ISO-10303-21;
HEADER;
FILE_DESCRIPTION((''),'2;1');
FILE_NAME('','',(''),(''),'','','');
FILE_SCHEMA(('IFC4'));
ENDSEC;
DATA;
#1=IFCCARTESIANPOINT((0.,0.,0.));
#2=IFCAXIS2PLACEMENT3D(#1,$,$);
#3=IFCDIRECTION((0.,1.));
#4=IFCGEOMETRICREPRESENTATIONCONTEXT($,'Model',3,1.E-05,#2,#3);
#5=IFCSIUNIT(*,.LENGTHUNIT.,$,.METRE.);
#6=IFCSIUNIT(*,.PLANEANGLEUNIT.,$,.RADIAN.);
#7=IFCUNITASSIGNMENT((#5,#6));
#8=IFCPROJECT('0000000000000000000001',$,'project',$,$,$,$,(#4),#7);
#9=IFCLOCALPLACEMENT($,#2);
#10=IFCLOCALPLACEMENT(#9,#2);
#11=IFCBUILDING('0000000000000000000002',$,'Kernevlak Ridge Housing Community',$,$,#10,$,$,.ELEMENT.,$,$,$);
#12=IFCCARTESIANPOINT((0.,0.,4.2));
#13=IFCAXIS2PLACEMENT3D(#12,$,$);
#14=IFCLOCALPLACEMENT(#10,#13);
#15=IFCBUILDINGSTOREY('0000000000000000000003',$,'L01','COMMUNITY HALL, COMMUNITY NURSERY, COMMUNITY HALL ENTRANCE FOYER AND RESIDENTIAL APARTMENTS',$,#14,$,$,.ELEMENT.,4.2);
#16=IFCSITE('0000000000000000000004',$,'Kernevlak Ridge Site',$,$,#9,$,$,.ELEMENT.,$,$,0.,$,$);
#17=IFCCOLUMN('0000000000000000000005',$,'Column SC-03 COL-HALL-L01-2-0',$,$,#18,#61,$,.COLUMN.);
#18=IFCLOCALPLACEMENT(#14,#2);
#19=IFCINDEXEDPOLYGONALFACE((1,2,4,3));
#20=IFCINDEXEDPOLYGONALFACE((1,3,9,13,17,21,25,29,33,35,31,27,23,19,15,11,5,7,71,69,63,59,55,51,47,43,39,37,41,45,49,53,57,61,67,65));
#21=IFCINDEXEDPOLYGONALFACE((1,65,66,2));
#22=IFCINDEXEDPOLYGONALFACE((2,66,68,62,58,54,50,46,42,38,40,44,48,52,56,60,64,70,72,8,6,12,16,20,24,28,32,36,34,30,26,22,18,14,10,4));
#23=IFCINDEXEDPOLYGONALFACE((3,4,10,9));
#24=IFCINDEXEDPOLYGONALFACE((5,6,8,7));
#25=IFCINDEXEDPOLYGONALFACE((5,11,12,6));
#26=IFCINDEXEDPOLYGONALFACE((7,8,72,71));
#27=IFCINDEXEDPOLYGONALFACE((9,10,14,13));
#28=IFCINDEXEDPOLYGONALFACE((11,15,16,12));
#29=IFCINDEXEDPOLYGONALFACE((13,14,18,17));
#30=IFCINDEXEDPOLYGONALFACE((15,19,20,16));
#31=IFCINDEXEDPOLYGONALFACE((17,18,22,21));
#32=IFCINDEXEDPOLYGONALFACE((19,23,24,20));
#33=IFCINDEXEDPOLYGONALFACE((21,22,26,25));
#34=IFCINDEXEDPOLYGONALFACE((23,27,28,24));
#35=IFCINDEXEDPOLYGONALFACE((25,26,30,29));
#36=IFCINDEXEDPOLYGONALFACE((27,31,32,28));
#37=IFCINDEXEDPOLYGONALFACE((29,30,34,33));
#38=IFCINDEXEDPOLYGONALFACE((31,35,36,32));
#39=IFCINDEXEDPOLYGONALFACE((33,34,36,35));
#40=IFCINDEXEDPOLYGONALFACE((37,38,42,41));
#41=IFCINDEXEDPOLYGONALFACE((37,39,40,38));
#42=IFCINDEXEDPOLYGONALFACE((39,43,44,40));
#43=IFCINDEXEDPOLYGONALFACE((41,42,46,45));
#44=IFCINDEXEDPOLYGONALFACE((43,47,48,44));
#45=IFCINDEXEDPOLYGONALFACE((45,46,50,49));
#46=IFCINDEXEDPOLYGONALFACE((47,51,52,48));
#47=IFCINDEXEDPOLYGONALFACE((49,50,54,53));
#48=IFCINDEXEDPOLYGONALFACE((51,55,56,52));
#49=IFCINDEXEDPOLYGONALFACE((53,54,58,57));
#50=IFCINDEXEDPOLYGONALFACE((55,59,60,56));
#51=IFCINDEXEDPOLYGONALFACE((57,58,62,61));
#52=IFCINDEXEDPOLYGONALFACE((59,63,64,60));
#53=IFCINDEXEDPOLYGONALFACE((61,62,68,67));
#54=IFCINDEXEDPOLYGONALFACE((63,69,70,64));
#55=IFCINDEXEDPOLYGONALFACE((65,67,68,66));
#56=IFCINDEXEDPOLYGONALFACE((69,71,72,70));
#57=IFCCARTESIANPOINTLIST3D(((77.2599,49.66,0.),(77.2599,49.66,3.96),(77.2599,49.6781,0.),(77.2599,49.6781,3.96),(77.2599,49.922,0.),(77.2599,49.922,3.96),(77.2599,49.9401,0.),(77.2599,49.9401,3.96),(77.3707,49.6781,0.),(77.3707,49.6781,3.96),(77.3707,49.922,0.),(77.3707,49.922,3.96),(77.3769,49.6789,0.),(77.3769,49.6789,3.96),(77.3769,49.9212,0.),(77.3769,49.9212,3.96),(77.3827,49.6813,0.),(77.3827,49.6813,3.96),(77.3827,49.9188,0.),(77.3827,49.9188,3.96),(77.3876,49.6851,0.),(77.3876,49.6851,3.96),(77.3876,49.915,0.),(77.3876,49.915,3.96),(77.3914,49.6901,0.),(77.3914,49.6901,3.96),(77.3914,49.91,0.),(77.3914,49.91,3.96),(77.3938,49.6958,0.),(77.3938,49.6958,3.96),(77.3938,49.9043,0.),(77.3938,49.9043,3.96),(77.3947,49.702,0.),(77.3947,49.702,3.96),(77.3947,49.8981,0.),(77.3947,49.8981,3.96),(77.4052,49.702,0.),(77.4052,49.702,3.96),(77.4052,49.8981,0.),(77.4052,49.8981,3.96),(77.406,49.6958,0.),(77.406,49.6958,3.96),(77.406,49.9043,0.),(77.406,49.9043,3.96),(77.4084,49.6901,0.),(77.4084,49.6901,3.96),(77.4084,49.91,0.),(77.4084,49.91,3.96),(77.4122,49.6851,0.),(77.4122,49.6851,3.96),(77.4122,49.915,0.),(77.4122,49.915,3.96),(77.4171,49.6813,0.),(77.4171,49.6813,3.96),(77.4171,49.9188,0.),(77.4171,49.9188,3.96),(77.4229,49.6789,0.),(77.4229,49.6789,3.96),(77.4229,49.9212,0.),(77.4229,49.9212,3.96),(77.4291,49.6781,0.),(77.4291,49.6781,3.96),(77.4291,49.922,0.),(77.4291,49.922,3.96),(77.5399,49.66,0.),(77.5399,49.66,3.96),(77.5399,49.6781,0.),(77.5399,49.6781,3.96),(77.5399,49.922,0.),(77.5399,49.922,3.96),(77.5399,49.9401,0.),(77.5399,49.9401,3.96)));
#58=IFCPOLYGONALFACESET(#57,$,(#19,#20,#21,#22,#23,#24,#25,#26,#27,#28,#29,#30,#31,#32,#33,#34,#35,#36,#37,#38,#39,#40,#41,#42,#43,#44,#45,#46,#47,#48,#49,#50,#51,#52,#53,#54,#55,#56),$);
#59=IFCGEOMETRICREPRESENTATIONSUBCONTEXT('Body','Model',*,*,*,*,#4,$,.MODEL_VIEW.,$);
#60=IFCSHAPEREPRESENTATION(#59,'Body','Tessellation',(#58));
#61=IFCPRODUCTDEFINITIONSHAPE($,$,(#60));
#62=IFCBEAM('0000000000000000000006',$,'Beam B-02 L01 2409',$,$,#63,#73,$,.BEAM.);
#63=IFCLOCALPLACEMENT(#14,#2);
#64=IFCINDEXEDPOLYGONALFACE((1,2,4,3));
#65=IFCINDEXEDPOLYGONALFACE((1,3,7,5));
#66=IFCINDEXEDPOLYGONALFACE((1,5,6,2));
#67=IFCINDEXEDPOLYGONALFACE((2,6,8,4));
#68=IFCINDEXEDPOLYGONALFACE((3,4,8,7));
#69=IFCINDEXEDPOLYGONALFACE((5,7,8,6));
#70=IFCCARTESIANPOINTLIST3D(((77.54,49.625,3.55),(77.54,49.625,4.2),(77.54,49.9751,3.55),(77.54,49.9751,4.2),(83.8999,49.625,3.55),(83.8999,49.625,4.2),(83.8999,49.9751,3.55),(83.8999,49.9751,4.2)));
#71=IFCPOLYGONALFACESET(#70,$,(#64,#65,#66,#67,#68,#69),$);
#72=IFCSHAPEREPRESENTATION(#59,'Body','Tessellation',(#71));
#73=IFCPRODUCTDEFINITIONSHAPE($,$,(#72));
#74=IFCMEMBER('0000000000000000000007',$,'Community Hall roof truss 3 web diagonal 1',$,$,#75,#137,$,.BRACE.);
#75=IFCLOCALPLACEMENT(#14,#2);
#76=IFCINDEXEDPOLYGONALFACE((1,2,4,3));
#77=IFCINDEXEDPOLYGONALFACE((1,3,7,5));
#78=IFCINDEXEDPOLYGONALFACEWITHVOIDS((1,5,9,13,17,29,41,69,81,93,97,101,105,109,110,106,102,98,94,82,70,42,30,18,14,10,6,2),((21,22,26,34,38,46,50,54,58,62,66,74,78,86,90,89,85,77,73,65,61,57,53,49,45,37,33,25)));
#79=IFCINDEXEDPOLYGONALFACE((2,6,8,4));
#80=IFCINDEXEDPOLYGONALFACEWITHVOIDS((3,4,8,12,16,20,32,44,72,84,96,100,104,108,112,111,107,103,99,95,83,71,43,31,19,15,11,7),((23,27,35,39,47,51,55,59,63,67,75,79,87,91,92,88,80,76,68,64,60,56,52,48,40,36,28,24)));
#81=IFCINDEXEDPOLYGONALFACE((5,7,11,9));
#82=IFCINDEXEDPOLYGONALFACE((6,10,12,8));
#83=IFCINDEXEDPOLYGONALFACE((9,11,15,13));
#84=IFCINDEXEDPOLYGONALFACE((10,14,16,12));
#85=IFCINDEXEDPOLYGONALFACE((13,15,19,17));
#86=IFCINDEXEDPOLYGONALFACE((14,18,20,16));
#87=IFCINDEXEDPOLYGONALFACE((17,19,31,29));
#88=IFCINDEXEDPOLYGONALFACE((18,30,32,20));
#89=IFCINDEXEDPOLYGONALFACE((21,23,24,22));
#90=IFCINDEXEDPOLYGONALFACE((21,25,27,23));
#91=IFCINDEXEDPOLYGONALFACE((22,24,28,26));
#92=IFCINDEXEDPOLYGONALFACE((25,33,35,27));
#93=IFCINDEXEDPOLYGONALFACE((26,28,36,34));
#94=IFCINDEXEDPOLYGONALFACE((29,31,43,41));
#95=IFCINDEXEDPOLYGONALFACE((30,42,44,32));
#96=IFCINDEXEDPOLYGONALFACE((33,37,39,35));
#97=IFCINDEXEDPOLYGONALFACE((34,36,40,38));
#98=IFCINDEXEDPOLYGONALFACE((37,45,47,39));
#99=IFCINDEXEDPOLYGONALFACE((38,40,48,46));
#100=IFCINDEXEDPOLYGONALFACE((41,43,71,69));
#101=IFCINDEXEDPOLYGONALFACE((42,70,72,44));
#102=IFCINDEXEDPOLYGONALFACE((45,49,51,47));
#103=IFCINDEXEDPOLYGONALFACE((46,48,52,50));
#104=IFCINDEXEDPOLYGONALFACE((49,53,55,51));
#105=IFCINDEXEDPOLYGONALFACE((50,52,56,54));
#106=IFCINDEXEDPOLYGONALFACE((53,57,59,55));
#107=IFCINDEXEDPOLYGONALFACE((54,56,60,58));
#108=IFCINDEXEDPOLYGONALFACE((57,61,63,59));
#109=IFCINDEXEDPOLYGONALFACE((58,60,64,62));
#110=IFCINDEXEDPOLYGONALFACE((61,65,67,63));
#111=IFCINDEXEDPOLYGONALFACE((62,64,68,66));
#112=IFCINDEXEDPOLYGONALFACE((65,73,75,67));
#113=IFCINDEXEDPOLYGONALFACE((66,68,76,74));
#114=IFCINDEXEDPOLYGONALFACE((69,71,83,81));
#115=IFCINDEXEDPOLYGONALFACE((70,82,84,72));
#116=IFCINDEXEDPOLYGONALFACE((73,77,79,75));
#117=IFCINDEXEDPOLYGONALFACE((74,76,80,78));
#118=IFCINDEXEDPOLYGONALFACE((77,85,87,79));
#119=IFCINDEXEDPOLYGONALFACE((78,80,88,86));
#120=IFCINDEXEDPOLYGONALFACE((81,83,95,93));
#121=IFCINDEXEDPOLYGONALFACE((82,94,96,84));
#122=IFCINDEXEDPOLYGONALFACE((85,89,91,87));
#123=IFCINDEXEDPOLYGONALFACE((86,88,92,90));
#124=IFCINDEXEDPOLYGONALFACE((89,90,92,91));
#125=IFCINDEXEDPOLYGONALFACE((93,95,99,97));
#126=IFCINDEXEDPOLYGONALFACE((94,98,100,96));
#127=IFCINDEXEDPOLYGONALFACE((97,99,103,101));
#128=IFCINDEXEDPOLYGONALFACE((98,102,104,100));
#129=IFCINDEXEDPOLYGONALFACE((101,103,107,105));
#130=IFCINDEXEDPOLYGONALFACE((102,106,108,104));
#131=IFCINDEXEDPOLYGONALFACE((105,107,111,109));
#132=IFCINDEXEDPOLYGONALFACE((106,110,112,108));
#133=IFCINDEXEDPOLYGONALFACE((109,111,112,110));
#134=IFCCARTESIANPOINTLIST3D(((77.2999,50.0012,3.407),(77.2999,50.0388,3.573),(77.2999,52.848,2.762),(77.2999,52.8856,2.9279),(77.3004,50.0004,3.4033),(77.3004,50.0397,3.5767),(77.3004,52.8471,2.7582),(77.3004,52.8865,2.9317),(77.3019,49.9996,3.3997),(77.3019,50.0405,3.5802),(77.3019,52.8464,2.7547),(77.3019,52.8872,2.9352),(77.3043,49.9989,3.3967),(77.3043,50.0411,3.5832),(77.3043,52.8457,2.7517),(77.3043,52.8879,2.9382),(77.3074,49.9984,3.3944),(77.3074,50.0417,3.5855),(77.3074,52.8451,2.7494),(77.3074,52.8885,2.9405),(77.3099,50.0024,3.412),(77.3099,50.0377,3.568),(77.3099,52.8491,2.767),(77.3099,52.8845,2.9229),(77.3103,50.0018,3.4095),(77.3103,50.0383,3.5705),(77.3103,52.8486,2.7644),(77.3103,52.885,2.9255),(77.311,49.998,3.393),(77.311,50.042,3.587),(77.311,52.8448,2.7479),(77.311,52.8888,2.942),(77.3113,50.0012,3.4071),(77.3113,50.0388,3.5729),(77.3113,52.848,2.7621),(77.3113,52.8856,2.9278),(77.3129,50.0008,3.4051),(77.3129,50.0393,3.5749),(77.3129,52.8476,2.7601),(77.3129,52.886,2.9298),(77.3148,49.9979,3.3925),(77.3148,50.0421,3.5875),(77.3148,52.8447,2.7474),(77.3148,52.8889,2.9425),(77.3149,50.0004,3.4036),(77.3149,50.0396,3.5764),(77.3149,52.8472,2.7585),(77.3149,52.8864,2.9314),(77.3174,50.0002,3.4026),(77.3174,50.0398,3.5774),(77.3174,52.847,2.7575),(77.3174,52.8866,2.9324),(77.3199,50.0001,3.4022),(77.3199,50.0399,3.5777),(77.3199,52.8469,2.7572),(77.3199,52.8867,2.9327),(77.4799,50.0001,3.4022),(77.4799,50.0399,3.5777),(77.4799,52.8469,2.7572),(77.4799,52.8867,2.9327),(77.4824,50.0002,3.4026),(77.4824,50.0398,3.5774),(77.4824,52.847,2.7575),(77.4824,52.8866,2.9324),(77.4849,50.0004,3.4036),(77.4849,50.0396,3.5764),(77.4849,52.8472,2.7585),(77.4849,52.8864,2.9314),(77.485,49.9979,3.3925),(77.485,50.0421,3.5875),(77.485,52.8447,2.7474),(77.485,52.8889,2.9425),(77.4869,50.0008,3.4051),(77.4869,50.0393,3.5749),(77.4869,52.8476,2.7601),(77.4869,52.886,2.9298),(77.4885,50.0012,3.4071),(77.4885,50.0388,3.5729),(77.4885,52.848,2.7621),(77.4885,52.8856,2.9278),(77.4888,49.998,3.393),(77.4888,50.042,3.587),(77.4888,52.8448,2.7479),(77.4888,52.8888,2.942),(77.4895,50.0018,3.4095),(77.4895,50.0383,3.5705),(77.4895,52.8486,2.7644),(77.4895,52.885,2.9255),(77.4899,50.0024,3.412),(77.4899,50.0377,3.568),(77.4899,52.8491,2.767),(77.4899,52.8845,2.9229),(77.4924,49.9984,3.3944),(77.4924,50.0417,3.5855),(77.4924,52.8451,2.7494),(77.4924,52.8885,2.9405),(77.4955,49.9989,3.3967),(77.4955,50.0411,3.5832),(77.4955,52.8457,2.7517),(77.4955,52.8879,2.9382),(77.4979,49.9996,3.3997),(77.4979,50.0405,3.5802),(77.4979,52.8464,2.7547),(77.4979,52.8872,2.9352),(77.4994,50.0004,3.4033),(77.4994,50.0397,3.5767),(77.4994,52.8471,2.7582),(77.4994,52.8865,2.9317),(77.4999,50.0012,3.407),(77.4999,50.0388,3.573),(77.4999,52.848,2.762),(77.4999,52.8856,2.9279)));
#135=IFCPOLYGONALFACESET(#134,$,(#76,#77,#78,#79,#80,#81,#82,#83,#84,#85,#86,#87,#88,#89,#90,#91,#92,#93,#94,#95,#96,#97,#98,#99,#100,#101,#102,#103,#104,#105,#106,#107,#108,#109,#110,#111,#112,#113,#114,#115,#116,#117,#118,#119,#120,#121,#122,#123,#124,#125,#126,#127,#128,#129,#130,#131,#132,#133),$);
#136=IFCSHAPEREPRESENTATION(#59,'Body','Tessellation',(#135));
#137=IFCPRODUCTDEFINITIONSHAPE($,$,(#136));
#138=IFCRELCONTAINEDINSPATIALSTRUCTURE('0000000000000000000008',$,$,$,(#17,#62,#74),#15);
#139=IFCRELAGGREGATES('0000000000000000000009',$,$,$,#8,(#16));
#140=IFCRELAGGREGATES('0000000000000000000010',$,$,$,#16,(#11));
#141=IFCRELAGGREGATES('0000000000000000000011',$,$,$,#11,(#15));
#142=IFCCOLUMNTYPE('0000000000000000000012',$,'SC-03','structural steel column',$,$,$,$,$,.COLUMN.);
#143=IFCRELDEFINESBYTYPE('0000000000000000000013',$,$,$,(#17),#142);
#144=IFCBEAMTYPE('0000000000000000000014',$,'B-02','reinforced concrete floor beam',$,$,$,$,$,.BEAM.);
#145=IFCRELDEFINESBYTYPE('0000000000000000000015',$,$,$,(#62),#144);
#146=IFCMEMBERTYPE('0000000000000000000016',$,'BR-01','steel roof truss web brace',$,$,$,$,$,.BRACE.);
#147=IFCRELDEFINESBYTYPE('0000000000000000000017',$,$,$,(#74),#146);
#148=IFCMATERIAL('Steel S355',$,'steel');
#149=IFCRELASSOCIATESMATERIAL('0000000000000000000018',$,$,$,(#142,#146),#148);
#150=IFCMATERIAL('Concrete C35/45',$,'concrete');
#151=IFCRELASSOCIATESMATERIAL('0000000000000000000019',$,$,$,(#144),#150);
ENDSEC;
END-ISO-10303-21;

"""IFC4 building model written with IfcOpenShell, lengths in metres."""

from ifc_helpers import new_model, si_unit, direction, frame, origin, origin_2d, place, context, subcontext, project, spatial, rectangle, hollow_rectangle, i_section, extrude, material, material_profile, profile_set, type_object, element, save


model = new_model("IFC4")

# Units and contexts
model_context = context("Model", 3, precision=1e-05, world=origin(), true_north=direction((0.0, 1.0)))
body_context = subcontext(model_context, "Body", "Model", "MODEL_VIEW")
ifc_project = project(units=[si_unit("LENGTHUNIT", "METRE"), si_unit("PLANEANGLEUNIT", "RADIAN")], contexts=[model_context])

# Site, building, storey
site_placement = place(None, origin())
site = spatial("IfcSite", under=ifc_project, at=site_placement, Name="Kernevlak Ridge Site", CompositionType="ELEMENT", RefElevation=0.0)
building_placement = place(site_placement, origin())
building = spatial("IfcBuilding", under=site, at=building_placement, Name="Kernevlak Ridge Housing Community", CompositionType="ELEMENT")
storey_placement = place(building_placement, frame((0.0, 0.0, 4.2)))
storey = spatial("IfcBuildingStorey", under=building, at=storey_placement, Name="L01", Description="COMMUNITY HALL, COMMUNITY NURSERY, COMMUNITY HALL ENTRANCE FOYER AND RESIDENTIAL APARTMENTS", CompositionType="ELEMENT", Elevation=4.2)

# Column
ifc_material_1 = material(Name="Steel S355", Category="steel")
ifc_material_profile_1 = material_profile(ifc_material_1, i_section(OverallWidth=0.28, OverallDepth=0.28, WebThickness=0.0105, FlangeThickness=0.0181, FilletRadius=0.0239, at=origin_2d()), Name="HEB 280")
ifc_profile_set_1 = profile_set([ifc_material_profile_1], Name="Steel S355")
column_type = type_object("IfcColumnType", Name="SC-03", Description="structural steel column", PredefinedType="COLUMN", material=ifc_profile_set_1)
column_placement = place(storey_placement, frame((77.3999, 49.8, 0.0), z_axis=(0.0, 0.0, 1.0), x_axis=(1.0, 0.0, 0.0)))
element("IfcColumn", 1, at=column_placement, inside=storey, type_object=column_type, Name="Column SC-03 COL-HALL-L01-2-0", PredefinedType="COLUMN", context=body_context, shape_type="SweptSolid", body=[
    extrude(i_section(OverallWidth=0.28, OverallDepth=0.28, WebThickness=0.0105, FlangeThickness=0.0181, FilletRadius=0.0239, at=origin_2d()), origin(), (0.0, 0.0, 1.0), 3.96),
])

# Beam
ifc_material_2 = material(Name="Concrete C35/45", Category="concrete")
ifc_material_profile_2 = material_profile(ifc_material_2, rectangle(XDim=0.3501, YDim=0.6499, at=origin_2d()), Name="RC 350x650")
ifc_profile_set_2 = profile_set([ifc_material_profile_2], Name="Concrete C35/45")
beam_type_1 = type_object("IfcBeamType", Name="B-02", Description="reinforced concrete floor beam", PredefinedType="BEAM", material=ifc_profile_set_2)
beam_1_placement = place(storey_placement, frame((77.54, 49.8, 3.875), z_axis=(1.0, 0.0, 0.0), x_axis=(0.0, 1.0, 0.0)))
element("IfcBeam", 2, at=beam_1_placement, inside=storey, type_object=beam_type_1, Name="Beam B-02 L01 2409", PredefinedType="BEAM", context=body_context, shape_type="SweptSolid", body=[
    extrude(rectangle(XDim=0.3501, YDim=0.6499, at=origin_2d()), origin(), (0.0, 0.0, 1.0), 6.3599),
])

# Member
ifc_material_profile_3 = material_profile(ifc_material_1, hollow_rectangle(XDim=0.2, YDim=0.2, WallThickness=0.01, InnerFilletRadius=0.01, OuterFilletRadius=0.0149, at=origin_2d()), Name="SHS 200x200x10")
ifc_profile_set_3 = profile_set([ifc_material_profile_3], Name="Steel S355")
member_type_1 = type_object("IfcMemberType", Name="BR-01", Description="steel roof truss web brace", PredefinedType="BRACE", material=ifc_profile_set_3)
member_1_placement = place(storey_placement, frame((77.3999, 50.02, 3.49), z_axis=(0.0, 0.975277, -0.220985), x_axis=(-1.0, 0.0, 0.0)))
element("IfcMember", 3, at=member_1_placement, inside=storey, type_object=member_type_1, Name="Community Hall roof truss 3 web diagonal 1", PredefinedType="BRACE", context=body_context, shape_type="SweptSolid", body=[
    extrude(hollow_rectangle(XDim=0.2, YDim=0.2, WallThickness=0.01, InnerFilletRadius=0.01, OuterFilletRadius=0.0149, at=origin_2d()), origin(), (0.0, 0.0, 1.0), 2.9189),
])

save(model, "model.ifc")
